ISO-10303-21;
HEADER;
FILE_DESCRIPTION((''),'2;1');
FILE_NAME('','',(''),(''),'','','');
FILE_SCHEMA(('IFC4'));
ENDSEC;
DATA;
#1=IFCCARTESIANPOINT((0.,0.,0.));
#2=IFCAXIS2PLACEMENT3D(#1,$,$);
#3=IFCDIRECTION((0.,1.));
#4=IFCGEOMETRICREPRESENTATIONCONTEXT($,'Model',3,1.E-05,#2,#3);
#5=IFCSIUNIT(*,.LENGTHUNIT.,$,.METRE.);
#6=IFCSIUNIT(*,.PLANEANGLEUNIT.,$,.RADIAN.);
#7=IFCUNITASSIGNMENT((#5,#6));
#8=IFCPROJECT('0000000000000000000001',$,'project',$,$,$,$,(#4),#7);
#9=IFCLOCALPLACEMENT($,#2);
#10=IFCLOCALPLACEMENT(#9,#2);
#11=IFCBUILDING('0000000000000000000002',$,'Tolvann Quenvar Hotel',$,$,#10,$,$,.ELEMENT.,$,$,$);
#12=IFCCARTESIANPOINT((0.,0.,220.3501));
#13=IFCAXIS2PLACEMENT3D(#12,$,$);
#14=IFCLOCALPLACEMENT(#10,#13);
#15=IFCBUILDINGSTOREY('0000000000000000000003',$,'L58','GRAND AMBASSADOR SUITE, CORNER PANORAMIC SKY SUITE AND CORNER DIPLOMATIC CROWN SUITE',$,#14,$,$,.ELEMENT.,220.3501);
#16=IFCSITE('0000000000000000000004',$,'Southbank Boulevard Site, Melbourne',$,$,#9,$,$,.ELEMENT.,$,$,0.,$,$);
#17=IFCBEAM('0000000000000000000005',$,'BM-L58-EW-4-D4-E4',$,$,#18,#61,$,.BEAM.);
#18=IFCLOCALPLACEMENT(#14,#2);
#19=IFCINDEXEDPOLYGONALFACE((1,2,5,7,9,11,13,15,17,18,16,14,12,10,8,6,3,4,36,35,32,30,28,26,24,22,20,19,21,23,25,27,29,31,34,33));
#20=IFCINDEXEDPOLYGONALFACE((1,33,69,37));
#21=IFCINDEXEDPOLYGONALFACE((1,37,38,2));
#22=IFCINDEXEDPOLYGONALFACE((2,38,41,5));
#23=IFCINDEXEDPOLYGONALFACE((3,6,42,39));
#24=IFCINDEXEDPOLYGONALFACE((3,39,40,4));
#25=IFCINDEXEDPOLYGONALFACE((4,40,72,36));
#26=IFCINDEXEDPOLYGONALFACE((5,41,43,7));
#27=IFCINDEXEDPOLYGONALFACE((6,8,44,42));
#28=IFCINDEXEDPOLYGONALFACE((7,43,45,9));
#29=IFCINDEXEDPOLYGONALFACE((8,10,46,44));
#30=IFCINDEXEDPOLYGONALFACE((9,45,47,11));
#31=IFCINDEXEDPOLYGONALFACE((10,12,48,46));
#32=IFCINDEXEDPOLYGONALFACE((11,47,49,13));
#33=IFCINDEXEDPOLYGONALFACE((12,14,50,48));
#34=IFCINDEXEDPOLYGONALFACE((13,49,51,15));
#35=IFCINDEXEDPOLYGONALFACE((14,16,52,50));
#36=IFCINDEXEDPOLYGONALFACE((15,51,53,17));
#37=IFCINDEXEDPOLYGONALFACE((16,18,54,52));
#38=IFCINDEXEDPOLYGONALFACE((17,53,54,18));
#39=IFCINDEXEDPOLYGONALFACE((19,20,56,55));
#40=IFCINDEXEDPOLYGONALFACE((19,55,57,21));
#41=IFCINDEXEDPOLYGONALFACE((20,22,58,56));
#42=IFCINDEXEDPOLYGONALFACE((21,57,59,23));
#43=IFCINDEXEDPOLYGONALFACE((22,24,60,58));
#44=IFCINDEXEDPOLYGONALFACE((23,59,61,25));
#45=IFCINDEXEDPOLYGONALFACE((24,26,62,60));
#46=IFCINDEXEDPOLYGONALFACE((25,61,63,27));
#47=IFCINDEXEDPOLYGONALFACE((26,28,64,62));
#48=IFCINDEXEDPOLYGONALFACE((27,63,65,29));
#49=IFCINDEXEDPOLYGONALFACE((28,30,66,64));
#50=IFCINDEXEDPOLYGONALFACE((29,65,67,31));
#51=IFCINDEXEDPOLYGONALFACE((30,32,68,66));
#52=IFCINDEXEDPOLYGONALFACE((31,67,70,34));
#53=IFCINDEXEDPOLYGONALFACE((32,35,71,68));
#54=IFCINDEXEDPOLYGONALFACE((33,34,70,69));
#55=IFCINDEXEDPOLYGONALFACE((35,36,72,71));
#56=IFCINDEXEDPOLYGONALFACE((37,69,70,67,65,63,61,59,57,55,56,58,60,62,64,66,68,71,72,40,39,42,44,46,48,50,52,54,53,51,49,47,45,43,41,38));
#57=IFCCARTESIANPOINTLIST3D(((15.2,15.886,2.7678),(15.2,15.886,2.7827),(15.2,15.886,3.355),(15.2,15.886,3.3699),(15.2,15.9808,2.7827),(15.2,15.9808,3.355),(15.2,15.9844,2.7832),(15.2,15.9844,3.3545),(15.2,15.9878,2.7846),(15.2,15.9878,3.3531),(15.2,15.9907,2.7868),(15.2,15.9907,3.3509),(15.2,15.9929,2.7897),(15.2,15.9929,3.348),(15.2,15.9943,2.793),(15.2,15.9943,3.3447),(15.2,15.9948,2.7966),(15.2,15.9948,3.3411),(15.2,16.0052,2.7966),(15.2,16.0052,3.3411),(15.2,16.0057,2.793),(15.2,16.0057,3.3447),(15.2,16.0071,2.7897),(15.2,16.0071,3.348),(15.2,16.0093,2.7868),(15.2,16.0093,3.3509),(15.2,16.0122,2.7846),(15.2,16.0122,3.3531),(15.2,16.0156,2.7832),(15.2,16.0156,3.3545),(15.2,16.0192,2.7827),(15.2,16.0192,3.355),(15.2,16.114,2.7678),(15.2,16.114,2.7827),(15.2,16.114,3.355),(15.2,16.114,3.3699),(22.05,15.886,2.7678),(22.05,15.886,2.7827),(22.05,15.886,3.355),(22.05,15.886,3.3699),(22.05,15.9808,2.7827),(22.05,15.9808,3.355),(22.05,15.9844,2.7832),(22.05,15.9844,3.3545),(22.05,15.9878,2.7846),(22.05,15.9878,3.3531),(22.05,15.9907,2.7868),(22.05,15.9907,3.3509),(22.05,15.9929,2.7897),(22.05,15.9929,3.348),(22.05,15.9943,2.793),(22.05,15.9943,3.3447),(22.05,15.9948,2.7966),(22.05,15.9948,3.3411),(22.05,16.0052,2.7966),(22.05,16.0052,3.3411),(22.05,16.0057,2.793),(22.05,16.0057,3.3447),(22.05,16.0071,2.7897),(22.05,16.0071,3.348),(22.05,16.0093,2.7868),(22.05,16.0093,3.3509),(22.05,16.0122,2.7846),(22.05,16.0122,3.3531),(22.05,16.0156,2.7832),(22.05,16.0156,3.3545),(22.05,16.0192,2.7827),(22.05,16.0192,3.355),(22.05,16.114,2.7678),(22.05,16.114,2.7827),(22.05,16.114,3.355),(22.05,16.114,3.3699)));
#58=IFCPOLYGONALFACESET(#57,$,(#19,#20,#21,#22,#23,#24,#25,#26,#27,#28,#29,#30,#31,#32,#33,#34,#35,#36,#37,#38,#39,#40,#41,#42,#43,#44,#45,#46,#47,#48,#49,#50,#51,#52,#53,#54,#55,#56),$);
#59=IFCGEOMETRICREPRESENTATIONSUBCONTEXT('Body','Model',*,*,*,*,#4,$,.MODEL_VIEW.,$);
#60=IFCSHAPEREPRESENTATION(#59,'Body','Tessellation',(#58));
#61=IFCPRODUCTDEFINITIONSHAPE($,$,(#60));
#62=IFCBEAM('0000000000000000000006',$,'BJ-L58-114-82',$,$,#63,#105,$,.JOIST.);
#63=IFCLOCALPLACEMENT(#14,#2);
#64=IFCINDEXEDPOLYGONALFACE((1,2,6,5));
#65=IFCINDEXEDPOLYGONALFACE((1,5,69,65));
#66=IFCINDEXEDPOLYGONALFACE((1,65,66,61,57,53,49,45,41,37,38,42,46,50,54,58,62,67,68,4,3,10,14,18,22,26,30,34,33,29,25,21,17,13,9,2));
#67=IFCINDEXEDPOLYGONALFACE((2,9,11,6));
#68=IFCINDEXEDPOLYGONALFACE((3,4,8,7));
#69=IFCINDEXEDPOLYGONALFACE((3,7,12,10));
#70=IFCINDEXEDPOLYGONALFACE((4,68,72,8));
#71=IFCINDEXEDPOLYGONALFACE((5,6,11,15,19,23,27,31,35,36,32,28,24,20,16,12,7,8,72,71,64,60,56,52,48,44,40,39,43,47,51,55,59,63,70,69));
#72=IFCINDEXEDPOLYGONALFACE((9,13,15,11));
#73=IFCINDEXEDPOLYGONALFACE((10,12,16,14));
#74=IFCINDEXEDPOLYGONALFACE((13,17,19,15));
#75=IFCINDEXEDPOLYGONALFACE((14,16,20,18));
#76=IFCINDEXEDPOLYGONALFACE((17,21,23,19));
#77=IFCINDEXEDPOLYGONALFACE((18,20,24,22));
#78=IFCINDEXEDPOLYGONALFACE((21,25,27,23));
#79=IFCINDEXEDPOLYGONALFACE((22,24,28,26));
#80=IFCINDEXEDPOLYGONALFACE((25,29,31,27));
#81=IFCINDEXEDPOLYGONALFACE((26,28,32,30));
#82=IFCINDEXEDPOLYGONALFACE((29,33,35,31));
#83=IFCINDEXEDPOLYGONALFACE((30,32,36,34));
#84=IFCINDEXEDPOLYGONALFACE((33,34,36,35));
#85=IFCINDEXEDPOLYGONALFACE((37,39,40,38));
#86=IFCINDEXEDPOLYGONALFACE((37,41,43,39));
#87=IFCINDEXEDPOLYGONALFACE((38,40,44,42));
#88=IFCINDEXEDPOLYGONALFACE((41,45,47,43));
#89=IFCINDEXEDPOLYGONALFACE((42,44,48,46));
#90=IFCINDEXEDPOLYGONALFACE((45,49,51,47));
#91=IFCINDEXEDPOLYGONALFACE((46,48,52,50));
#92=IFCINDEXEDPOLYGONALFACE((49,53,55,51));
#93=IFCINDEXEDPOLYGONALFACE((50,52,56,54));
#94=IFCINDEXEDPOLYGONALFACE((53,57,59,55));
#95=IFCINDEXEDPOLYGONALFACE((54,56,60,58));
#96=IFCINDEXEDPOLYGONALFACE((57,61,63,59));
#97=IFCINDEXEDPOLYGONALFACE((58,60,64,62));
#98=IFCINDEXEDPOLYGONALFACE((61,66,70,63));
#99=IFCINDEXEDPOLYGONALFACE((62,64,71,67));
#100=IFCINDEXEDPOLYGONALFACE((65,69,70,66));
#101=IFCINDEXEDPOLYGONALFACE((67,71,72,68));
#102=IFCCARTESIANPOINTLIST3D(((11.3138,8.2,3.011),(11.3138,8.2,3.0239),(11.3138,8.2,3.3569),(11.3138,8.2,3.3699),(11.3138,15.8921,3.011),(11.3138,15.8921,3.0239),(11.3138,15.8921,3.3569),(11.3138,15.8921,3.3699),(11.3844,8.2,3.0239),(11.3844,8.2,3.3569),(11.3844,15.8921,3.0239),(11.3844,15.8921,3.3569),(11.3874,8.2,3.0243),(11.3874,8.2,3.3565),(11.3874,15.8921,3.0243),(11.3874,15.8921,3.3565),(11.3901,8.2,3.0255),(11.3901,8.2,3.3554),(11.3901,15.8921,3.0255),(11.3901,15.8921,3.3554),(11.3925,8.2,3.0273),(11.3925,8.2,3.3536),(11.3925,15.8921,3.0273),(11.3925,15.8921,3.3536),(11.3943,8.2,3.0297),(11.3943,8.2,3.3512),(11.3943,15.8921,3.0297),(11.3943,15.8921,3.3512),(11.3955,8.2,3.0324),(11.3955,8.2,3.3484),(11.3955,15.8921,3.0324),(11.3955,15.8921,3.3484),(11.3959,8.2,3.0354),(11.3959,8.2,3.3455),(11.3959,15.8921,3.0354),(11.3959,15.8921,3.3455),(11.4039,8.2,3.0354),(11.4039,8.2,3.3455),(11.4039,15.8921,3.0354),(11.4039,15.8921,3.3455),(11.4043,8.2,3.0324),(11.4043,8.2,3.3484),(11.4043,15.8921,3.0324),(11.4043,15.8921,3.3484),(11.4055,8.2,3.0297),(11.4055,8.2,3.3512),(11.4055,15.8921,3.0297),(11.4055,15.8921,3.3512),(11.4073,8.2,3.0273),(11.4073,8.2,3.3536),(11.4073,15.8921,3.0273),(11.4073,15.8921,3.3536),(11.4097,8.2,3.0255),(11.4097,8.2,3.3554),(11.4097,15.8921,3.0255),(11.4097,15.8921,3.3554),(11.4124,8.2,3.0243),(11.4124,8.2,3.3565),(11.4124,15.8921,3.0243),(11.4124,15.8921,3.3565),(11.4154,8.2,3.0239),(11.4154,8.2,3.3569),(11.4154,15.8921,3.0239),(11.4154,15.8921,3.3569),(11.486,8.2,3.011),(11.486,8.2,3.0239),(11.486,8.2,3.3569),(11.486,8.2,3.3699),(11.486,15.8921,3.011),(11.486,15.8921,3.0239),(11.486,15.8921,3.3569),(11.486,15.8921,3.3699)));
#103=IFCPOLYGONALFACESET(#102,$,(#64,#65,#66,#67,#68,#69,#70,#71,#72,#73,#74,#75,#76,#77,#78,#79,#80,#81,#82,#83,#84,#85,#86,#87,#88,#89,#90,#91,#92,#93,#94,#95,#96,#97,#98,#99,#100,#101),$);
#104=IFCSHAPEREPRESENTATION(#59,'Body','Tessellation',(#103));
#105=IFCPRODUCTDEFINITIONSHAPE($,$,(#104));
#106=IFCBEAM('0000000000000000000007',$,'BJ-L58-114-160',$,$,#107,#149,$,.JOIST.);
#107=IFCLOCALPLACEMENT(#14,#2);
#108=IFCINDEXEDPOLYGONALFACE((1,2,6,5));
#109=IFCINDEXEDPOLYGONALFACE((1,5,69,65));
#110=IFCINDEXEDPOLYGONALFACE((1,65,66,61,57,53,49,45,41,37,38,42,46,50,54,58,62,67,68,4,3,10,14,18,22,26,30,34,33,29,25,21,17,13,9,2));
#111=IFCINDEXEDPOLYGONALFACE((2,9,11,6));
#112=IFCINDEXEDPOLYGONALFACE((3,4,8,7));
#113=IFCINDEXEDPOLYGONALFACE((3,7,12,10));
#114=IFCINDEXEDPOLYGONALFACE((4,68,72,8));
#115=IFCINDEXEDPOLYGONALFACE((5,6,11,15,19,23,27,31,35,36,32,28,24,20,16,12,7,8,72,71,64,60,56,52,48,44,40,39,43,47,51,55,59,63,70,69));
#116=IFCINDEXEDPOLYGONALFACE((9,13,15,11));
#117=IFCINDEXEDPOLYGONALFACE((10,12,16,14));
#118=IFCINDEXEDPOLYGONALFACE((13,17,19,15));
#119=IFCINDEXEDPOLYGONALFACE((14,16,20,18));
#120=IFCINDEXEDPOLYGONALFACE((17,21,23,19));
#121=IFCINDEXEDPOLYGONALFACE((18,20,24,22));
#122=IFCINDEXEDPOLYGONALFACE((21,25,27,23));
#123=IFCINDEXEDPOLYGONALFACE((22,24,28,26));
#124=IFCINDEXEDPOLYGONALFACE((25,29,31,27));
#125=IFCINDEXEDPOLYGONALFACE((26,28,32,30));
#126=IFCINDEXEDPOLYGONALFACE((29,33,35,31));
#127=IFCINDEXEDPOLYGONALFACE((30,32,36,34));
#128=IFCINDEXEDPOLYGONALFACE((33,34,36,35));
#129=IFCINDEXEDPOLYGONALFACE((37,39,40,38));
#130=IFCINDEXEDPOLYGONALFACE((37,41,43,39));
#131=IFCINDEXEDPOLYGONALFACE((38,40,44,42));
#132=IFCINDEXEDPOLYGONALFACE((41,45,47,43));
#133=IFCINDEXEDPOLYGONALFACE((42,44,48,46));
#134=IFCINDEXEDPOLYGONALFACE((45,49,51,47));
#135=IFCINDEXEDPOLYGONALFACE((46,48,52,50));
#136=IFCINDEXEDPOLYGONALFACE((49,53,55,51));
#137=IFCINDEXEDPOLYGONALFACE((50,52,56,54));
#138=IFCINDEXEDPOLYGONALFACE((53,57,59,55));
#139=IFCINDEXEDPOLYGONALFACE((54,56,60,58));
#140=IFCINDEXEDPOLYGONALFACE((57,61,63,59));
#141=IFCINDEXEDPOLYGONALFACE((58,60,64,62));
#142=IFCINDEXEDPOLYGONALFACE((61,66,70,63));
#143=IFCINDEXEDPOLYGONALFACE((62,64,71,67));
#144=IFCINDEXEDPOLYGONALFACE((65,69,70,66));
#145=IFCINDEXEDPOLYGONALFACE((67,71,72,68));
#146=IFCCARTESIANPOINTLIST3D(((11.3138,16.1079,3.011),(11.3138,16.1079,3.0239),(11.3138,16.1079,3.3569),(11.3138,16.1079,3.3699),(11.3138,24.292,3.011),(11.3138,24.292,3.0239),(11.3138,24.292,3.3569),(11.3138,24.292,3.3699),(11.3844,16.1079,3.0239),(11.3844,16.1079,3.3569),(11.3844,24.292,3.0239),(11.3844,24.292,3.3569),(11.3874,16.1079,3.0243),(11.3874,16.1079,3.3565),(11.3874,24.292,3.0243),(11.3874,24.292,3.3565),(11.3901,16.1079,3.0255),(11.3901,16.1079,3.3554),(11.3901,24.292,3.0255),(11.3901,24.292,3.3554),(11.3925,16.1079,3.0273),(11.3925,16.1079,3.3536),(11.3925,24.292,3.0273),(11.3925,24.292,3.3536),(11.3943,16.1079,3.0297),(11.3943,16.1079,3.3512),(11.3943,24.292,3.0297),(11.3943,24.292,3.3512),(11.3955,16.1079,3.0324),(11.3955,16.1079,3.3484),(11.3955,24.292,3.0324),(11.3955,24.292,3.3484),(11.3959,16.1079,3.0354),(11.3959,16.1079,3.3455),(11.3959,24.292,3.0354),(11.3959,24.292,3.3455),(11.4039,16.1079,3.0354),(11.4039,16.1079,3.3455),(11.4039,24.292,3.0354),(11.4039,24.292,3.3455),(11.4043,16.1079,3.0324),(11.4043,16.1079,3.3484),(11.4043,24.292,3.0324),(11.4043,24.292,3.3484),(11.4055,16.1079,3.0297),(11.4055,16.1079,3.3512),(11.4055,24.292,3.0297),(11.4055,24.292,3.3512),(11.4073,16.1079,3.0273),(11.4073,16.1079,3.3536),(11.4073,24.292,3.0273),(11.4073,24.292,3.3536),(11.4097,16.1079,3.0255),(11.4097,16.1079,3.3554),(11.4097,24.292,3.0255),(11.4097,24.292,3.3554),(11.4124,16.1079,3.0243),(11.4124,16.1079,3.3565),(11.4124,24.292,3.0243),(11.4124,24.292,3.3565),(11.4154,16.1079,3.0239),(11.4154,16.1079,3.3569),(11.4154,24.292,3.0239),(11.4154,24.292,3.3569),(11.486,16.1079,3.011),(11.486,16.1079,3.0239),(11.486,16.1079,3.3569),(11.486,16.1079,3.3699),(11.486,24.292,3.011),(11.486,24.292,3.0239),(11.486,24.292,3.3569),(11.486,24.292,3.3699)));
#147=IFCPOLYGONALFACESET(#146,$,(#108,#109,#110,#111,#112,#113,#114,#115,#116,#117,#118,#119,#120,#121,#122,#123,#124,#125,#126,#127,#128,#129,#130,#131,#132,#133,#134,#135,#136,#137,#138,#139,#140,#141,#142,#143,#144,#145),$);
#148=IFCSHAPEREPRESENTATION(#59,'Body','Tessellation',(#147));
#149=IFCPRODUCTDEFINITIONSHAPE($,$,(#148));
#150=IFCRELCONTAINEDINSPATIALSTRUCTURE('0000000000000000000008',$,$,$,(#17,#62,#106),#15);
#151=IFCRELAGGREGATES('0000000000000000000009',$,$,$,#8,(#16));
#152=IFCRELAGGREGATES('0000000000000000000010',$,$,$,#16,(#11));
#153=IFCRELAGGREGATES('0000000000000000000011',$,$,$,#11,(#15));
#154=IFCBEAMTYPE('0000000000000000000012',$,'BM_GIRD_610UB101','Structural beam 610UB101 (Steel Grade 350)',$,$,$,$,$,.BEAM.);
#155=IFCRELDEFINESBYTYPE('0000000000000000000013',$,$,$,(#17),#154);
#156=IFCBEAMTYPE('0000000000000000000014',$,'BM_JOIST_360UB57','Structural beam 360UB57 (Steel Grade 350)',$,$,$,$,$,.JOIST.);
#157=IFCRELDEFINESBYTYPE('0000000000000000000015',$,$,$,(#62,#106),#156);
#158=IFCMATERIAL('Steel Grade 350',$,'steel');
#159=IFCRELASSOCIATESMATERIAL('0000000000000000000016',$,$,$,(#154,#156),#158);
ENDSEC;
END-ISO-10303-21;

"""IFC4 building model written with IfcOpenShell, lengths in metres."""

from ifc_helpers import new_model, si_unit, direction, frame, origin, origin_2d, place, context, subcontext, project, spatial, i_section, extrude, source, transform, mapped, material, material_profile, profile_set, type_object, type_shapes, element, save


model = new_model("IFC4")

# Units and contexts
model_context = context("Model", 3, precision=1e-05, world=origin(), true_north=direction((0.0, 1.0)))
body_context = subcontext(model_context, "Body", "Model", "MODEL_VIEW")
ifc_project = project(units=[si_unit("LENGTHUNIT", "METRE"), si_unit("PLANEANGLEUNIT", "RADIAN")], contexts=[model_context])

# Site, building, storey
site_placement = place(None, origin())
site = spatial("IfcSite", under=ifc_project, at=site_placement, Name="Southbank Boulevard Site, Melbourne", CompositionType="ELEMENT", RefElevation=0.0)
building_placement = place(site_placement, origin())
building = spatial("IfcBuilding", under=site, at=building_placement, Name="Tolvann Quenvar Hotel", CompositionType="ELEMENT")
storey_placement = place(building_placement, frame((0.0, 0.0, 220.3501)))
storey = spatial("IfcBuildingStorey", under=building, at=storey_placement, Name="L58", Description="GRAND AMBASSADOR SUITE, CORNER PANORAMIC SKY SUITE AND CORNER DIPLOMATIC CROWN SUITE", CompositionType="ELEMENT", Elevation=220.3501)

# Shared definitions
ifc_material_1 = material(Name="Steel Grade 350", Category="steel")

# Beams
ifc_material_profile_1 = material_profile(ifc_material_1, i_section(OverallWidth=0.228, OverallDepth=0.6021, WebThickness=0.0105, FlangeThickness=0.0149, FilletRadius=0.0139, at=origin_2d()), Name="610UB101")
ifc_profile_set_1 = profile_set([ifc_material_profile_1], Name="Steel Grade 350")
beam_type_1 = type_object("IfcBeamType", Name="BM_GIRD_610UB101", Description="Structural beam 610UB101 (Steel Grade 350)", PredefinedType="BEAM", material=ifc_profile_set_1)
shared_shape_1 = source(origin(), body_context, "Body", "SweptSolid", [
    extrude(i_section(OverallWidth=0.228, OverallDepth=0.6021, WebThickness=0.0105, FlangeThickness=0.0149, FilletRadius=0.0139, at=origin_2d()), origin(), (0.0, 0.0, 1.0), 6.8501),
])
for number, where, z_axis, x_axis, name in (
    (1, (15.2, 16.0, 3.0688), (1.0, 0.0, 0.0), (0.0, 1.0, 0.0), "BM-L58-EW-4-D4-E4"),
):
    element("IfcBeam", number, at=place(storey_placement, frame(where, z_axis=z_axis, x_axis=x_axis)), inside=storey, type_object=beam_type_1, Name=name, PredefinedType="BEAM", context=body_context, shape_type="MappedRepresentation", body=[
        mapped(shared_shape_1, transform((0.0, 0.0, 0.0), x_axis=(1.0, 0.0, 0.0), y_axis=(0.0, 1.0, 0.0), z_axis=(0.0, 0.0, 1.0), scale=1.0)),
    ])
ifc_material_profile_2 = material_profile(ifc_material_1, i_section(OverallWidth=0.1721, OverallDepth=0.3589, WebThickness=0.0081, FlangeThickness=0.0129, FilletRadius=0.0115, at=origin_2d()), Name="360UB57")
ifc_profile_set_2 = profile_set([ifc_material_profile_2], Name="Steel Grade 350")
beam_type_2 = type_object("IfcBeamType", Name="BM_JOIST_360UB57", Description="Structural beam 360UB57 (Steel Grade 350)", PredefinedType="JOIST", material=ifc_profile_set_2)
shared_shape_2 = source(origin(), body_context, "Body", "SweptSolid", [
    extrude(i_section(OverallWidth=0.1721, OverallDepth=0.3589, WebThickness=0.0081, FlangeThickness=0.0129, FilletRadius=0.0115, at=origin_2d()), origin(), (0.0, 0.0, 1.0), 7.6921),
])
beam_1_placement = place(storey_placement, frame((11.3999, 8.2, 3.1904), z_axis=(0.0, 1.0, 0.0), x_axis=(-1.0, 0.0, 0.0)))
element("IfcBeam", 2, at=beam_1_placement, inside=storey, type_object=beam_type_2, Name="BJ-L58-114-82", PredefinedType="JOIST", context=body_context, shape_type="MappedRepresentation", body=[
    mapped(shared_shape_2, transform((0.0, 0.0, 0.0), x_axis=(1.0, 0.0, 0.0), y_axis=(0.0, 1.0, 0.0), z_axis=(0.0, 0.0, 1.0), scale=1.0)),
])
shared_shape_3 = source(origin(), body_context, "Body", "SweptSolid", [
    extrude(i_section(OverallWidth=0.1721, OverallDepth=0.3589, WebThickness=0.0081, FlangeThickness=0.0129, FilletRadius=0.0115, at=origin_2d()), origin(), (0.0, 0.0, 1.0), 8.1841),
])
type_shapes(beam_type_2, [shared_shape_2, shared_shape_3])
beam_2_placement = place(storey_placement, frame((11.3999, 16.1079, 3.1904), z_axis=(0.0, 1.0, 0.0), x_axis=(-1.0, 0.0, 0.0)))
element("IfcBeam", 3, at=beam_2_placement, inside=storey, type_object=beam_type_2, Name="BJ-L58-114-160", PredefinedType="JOIST", context=body_context, shape_type="MappedRepresentation", body=[
    mapped(shared_shape_3, transform((0.0, 0.0, 0.0), x_axis=(1.0, 0.0, 0.0), y_axis=(0.0, 1.0, 0.0), z_axis=(0.0, 0.0, 1.0), scale=1.0)),
])

save(model, "model.ifc")
